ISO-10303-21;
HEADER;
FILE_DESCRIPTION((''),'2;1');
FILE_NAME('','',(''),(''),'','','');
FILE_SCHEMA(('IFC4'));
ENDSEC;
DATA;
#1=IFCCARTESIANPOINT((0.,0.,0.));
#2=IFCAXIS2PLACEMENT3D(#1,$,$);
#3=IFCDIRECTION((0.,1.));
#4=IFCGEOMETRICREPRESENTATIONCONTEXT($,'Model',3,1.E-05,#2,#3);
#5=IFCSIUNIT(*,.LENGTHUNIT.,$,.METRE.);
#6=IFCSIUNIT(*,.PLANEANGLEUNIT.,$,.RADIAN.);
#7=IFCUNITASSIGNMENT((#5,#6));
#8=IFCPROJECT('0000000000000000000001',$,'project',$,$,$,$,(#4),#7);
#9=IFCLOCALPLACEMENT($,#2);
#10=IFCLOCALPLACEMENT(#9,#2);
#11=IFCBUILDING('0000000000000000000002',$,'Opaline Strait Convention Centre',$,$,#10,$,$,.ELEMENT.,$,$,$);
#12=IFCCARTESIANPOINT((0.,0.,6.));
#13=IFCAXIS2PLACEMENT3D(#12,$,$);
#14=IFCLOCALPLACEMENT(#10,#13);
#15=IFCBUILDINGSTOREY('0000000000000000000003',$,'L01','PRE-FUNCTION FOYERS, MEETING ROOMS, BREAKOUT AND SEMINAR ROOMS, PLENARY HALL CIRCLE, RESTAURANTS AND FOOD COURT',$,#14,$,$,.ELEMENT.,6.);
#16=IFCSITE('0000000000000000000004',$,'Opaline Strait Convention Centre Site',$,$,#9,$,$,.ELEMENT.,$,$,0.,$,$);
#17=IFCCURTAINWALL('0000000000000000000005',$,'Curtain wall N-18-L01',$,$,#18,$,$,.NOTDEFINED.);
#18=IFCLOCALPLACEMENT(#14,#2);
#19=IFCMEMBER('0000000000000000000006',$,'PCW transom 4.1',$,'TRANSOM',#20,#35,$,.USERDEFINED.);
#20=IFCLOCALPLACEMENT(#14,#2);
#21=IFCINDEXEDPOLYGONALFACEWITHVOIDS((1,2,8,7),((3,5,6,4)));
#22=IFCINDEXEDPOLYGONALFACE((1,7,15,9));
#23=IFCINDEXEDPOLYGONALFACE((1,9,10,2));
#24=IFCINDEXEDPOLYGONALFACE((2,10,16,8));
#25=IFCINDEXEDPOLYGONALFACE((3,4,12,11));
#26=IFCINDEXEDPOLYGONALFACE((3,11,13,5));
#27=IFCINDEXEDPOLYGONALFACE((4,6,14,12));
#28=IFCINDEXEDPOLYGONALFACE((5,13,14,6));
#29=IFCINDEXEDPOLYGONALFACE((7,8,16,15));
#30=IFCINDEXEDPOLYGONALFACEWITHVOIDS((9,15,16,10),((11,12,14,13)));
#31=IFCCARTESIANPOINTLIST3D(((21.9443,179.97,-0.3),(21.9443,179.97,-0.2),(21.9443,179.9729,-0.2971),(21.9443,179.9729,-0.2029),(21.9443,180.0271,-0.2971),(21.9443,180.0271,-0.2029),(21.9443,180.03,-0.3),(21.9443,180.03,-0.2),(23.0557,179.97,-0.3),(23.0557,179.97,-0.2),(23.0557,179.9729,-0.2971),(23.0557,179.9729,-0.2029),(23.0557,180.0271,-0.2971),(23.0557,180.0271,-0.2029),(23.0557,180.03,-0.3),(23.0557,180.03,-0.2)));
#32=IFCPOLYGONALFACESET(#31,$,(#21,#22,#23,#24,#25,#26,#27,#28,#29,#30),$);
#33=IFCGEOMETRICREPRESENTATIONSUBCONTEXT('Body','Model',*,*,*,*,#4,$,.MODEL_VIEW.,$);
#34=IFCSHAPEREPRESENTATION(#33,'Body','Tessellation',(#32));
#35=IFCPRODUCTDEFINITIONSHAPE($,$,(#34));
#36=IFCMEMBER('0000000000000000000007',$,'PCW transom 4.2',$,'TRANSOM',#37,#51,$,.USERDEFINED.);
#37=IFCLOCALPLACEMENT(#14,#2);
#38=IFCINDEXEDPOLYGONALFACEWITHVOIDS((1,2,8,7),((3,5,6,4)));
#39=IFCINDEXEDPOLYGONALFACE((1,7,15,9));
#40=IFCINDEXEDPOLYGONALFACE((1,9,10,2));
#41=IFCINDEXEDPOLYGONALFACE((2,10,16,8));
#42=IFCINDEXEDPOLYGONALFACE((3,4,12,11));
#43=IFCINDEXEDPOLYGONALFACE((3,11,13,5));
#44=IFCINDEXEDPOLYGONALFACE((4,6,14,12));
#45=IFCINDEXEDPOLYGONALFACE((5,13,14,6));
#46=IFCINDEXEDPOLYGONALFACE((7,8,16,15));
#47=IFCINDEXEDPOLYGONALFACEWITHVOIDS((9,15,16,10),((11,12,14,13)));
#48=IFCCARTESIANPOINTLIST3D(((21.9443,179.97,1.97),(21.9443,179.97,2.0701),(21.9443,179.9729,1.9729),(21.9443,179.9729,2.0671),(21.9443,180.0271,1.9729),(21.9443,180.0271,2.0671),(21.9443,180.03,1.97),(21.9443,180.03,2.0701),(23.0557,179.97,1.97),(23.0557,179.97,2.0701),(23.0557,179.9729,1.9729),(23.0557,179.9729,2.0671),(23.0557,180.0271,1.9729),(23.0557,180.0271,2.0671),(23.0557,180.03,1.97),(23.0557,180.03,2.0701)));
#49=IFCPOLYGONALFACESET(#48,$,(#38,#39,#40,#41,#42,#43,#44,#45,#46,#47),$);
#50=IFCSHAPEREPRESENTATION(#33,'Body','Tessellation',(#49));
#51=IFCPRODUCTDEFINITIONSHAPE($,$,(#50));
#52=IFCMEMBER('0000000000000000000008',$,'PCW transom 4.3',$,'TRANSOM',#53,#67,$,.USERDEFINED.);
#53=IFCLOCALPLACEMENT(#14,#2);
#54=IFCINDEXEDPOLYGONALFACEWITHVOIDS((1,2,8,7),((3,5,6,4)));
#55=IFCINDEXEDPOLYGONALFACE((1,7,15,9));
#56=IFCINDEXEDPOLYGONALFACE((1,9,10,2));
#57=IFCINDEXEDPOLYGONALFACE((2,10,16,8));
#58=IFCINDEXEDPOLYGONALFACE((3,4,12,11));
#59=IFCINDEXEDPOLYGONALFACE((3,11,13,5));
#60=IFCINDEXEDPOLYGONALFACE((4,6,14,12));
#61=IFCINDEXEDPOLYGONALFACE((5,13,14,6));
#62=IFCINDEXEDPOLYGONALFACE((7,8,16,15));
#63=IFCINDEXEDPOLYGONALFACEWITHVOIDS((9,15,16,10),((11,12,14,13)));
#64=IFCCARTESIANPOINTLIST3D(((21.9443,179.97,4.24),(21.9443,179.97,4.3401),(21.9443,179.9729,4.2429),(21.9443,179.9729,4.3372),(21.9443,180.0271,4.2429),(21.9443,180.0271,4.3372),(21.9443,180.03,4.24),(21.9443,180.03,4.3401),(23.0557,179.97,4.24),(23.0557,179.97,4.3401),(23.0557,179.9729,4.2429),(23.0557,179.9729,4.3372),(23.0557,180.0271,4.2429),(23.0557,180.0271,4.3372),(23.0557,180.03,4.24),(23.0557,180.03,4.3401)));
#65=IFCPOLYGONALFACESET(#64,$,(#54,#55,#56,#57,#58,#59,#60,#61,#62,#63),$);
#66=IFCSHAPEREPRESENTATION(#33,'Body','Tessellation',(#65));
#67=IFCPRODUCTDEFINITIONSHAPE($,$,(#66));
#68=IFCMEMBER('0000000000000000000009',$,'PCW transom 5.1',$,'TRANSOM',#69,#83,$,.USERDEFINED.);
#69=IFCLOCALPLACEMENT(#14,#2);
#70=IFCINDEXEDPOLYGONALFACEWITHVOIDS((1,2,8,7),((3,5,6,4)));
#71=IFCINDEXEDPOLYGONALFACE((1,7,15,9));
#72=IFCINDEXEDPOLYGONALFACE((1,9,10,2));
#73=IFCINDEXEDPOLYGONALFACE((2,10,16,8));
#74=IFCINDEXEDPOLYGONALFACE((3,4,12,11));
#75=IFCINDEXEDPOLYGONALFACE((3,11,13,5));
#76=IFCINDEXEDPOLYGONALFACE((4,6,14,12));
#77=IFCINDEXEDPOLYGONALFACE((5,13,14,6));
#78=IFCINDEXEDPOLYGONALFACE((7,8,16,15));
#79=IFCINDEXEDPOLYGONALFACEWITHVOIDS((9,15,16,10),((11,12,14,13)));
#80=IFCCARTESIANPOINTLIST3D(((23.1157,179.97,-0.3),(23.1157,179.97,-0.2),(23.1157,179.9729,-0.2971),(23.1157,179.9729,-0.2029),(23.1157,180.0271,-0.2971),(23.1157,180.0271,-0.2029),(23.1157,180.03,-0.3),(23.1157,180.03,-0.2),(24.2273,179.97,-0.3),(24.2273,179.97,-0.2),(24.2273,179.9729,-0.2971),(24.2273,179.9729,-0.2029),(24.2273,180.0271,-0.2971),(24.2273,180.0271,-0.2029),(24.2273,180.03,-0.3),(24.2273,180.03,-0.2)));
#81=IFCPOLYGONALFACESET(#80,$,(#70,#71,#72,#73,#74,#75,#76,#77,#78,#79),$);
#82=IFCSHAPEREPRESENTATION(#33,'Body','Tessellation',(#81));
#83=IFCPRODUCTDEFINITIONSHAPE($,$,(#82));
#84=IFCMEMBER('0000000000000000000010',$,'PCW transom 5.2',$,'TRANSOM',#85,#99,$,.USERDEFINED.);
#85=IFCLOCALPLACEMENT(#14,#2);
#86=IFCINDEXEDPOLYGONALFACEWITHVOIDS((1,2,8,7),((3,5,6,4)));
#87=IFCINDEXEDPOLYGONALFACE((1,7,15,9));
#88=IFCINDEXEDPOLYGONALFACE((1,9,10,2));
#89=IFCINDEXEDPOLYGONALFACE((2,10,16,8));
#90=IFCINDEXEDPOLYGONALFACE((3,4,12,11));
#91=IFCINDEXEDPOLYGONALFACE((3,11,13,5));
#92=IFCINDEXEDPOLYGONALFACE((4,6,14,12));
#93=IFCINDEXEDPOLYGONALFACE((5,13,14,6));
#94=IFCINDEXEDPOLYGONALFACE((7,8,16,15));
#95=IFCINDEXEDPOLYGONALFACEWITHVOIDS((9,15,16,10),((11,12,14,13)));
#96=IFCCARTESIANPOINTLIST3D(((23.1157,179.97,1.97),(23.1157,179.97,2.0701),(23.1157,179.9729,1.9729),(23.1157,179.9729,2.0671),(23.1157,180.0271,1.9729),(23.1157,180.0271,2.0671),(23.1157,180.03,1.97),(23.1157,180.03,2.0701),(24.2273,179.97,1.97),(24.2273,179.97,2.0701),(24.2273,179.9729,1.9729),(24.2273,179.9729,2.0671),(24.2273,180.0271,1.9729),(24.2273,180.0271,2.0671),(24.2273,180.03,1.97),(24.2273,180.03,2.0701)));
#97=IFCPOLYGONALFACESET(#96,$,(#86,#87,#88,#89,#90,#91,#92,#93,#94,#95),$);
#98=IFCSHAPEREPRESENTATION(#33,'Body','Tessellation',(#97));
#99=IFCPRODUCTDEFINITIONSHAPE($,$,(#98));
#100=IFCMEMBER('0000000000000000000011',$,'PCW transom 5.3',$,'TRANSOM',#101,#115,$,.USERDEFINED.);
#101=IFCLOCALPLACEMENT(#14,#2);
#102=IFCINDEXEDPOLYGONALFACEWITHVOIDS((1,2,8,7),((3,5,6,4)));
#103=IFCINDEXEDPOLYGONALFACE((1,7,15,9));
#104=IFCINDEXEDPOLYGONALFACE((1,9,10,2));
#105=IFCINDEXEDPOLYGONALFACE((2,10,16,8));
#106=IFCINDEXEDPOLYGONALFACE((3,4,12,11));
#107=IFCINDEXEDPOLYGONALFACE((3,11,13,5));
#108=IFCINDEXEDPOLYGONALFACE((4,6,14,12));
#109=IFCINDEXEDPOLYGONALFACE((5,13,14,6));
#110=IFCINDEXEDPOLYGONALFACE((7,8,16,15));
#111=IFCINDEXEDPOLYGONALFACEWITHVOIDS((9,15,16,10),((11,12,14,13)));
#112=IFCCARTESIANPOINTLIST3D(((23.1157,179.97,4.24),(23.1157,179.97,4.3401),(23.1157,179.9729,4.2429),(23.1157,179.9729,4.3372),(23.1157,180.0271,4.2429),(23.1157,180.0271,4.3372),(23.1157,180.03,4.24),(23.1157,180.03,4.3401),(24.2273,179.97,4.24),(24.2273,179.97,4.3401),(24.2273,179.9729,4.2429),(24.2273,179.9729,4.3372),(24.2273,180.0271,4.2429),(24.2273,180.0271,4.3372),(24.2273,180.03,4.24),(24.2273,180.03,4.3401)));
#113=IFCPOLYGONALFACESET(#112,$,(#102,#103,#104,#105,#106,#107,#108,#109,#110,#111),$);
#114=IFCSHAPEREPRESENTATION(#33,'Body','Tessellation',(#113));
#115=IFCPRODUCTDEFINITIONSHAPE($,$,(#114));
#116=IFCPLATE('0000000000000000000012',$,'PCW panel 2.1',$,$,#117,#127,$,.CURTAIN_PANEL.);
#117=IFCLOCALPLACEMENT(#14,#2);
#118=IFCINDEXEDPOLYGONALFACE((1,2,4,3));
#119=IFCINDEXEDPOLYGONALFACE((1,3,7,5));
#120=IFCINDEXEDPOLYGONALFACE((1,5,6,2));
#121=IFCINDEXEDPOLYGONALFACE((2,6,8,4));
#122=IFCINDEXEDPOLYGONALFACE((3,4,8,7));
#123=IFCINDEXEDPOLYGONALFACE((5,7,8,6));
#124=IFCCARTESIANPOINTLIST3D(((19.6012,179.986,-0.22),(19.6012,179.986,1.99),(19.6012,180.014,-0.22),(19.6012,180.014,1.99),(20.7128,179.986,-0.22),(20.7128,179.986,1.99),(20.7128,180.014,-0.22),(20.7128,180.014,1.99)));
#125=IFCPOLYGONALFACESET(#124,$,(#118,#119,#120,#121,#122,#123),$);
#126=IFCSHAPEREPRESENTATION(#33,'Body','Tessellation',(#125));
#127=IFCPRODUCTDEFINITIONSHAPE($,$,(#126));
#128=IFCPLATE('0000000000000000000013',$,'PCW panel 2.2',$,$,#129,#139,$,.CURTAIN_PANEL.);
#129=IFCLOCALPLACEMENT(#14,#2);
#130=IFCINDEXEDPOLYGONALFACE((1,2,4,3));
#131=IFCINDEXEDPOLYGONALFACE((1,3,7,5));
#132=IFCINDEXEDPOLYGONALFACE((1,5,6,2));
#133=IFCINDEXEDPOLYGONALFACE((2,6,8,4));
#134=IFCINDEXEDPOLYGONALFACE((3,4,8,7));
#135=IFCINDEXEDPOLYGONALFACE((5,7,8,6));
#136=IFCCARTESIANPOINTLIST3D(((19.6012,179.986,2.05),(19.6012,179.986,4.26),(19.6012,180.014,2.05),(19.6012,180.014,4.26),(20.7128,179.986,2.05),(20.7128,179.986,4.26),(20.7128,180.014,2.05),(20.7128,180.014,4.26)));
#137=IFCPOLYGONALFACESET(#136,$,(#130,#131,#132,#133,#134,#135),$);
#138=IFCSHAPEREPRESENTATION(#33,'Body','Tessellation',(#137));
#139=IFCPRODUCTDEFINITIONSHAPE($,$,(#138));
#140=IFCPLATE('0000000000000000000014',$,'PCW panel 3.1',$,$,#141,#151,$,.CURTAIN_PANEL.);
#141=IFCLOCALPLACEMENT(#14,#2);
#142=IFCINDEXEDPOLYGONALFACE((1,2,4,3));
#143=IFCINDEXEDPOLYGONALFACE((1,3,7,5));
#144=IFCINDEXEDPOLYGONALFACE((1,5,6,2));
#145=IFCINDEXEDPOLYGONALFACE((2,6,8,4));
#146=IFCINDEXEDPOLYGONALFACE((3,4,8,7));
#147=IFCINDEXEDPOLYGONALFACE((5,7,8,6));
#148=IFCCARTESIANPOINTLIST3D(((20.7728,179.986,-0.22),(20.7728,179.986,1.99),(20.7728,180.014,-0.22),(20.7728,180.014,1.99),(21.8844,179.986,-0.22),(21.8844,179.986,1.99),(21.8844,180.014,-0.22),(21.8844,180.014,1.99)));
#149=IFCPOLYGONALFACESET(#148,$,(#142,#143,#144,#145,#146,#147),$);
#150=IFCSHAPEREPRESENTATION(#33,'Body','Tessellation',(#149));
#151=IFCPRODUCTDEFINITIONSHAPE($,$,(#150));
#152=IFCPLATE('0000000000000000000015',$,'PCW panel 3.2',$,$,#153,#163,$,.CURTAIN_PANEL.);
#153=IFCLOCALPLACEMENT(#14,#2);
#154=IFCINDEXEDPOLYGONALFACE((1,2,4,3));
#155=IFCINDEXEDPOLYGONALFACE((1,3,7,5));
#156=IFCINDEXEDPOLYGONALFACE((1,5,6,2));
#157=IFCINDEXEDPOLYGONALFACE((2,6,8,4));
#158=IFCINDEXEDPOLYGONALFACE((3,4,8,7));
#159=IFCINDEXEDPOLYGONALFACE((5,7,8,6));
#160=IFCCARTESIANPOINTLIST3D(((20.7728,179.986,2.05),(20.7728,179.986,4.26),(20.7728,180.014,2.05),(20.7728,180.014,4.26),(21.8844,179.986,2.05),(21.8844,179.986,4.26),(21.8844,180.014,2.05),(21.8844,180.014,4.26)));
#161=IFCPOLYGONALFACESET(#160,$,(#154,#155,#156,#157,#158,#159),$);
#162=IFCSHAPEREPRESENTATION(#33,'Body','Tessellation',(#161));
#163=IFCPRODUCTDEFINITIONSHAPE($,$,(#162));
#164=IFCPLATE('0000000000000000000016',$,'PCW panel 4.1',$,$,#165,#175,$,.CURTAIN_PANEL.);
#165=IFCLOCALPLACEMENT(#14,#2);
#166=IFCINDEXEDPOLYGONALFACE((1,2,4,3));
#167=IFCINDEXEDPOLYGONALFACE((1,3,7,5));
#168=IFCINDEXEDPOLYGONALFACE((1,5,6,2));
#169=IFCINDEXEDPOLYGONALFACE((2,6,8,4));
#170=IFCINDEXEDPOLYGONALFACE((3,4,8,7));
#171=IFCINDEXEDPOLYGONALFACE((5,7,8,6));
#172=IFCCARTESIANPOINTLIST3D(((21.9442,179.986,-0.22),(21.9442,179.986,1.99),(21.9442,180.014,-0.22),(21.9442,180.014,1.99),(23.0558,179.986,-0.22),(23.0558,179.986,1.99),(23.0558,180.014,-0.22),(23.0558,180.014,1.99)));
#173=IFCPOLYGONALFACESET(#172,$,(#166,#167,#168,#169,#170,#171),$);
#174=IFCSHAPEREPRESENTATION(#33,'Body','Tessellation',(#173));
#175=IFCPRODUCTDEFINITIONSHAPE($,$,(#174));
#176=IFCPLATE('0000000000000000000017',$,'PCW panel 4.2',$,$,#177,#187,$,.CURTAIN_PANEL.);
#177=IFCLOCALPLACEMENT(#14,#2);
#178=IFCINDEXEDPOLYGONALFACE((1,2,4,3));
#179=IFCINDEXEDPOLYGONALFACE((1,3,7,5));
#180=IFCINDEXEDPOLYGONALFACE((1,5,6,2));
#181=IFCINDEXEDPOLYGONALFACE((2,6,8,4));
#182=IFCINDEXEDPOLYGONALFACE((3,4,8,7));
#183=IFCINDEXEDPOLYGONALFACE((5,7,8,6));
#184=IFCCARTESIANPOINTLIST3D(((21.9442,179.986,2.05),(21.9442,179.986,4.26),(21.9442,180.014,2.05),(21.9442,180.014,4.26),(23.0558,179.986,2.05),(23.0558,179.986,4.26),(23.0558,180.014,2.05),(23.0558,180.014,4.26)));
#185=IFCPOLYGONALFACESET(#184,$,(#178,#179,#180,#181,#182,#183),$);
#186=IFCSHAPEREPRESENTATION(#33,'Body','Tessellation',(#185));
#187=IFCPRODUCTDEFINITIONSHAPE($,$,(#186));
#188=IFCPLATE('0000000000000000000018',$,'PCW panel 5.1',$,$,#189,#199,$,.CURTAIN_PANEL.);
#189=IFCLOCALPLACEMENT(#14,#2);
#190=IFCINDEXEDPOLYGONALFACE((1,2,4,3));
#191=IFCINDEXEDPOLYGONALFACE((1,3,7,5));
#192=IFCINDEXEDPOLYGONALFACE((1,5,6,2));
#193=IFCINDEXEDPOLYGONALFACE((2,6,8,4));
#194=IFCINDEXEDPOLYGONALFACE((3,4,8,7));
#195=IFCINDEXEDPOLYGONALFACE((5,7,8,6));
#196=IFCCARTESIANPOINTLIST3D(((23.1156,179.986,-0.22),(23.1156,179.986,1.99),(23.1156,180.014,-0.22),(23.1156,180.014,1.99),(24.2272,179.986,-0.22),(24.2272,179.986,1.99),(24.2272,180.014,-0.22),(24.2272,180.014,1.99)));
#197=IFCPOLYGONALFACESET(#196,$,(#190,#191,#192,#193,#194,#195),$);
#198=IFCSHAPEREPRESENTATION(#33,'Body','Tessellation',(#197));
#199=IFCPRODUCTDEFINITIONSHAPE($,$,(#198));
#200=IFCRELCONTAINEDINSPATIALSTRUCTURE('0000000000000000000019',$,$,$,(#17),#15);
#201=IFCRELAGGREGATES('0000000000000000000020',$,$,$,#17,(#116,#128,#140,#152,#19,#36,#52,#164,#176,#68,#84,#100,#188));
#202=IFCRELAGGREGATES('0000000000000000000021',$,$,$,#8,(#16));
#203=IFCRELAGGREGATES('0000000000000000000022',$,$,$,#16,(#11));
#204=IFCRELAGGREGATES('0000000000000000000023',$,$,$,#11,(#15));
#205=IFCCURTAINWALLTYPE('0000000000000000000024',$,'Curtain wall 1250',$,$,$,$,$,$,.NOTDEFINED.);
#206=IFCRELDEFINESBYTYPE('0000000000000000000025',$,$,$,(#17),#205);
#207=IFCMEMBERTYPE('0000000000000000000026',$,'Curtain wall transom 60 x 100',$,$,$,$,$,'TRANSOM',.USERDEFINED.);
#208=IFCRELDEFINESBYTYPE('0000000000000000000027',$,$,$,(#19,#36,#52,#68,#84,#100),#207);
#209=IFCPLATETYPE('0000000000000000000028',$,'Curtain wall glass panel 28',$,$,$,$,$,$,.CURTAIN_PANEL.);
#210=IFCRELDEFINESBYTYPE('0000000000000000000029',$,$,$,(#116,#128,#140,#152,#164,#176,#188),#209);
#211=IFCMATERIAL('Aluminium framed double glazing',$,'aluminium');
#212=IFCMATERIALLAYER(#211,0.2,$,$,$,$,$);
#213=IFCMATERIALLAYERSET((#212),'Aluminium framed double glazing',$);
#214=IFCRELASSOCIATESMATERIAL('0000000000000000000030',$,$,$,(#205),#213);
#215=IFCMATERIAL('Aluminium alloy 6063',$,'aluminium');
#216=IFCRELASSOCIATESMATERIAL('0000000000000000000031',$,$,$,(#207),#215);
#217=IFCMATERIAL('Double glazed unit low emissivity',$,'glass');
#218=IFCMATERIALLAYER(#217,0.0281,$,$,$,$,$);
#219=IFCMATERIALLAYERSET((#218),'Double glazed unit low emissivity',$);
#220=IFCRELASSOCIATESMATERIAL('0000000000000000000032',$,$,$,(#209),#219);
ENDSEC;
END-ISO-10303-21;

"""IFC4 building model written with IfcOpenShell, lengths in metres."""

from ifc_helpers import new_model, si_unit, direction, frame, origin, origin_2d, place, context, subcontext, project, spatial, rectangle, hollow_rectangle, extrude, material, layer, layer_set, material_profile, profile_set, type_object, element, aggregate, save


model = new_model("IFC4")

# Units and contexts
model_context = context("Model", 3, precision=1e-05, world=origin(), true_north=direction((0.0, 1.0)))
body_context = subcontext(model_context, "Body", "Model", "MODEL_VIEW")
ifc_project = project(units=[si_unit("LENGTHUNIT", "METRE"), si_unit("PLANEANGLEUNIT", "RADIAN")], contexts=[model_context])

# Site, building, storey
site_placement = place(None, origin())
site = spatial("IfcSite", under=ifc_project, at=site_placement, Name="Opaline Strait Convention Centre Site", CompositionType="ELEMENT", RefElevation=0.0)
building_placement = place(site_placement, origin())
building = spatial("IfcBuilding", under=site, at=building_placement, Name="Opaline Strait Convention Centre", CompositionType="ELEMENT")
storey_placement = place(building_placement, frame((0.0, 0.0, 6.0)))
storey = spatial("IfcBuildingStorey", under=building, at=storey_placement, Name="L01", Description="PRE-FUNCTION FOYERS, MEETING ROOMS, BREAKOUT AND SEMINAR ROOMS, PLENARY HALL CIRCLE, RESTAURANTS AND FOOD COURT", CompositionType="ELEMENT", Elevation=6.0)

# Curtain wall, members, plates
ifc_material_1 = material(Name="Aluminium framed double glazing", Category="aluminium")
ifc_layer_1 = layer(ifc_material_1, 0.2)
ifc_layer_set_1 = layer_set([ifc_layer_1], Name="Aluminium framed double glazing")
curtain_wall_type = type_object("IfcCurtainWallType", Name="Curtain wall 1250", PredefinedType="NOTDEFINED", material=ifc_layer_set_1)
curtain_wall_placement = place(storey_placement, origin())
curtain_wall = element("IfcCurtainWall", 1, at=curtain_wall_placement, inside=storey, type_object=curtain_wall_type, Name="Curtain wall N-18-L01", PredefinedType="NOTDEFINED")
ifc_material_2 = material(Name="Aluminium alloy 6063", Category="aluminium")
ifc_material_profile_1 = material_profile(ifc_material_2, hollow_rectangle(XDim=0.0601, YDim=0.1001, WallThickness=0.0029, at=origin_2d()), Name="TRANSOM 60x100x3")
ifc_profile_set_1 = profile_set([ifc_material_profile_1], Name="Aluminium alloy 6063")
member_type_1 = type_object("IfcMemberType", Name="Curtain wall transom 60 x 100", ElementType="TRANSOM", PredefinedType="USERDEFINED", material=ifc_profile_set_1)
member_1_placement = place(storey_placement, frame((21.9443, 180.0, -0.25), z_axis=(1.0, 0.0, 0.0), x_axis=(0.0, 1.0, 0.0)))
member_1 = element("IfcMember", 2, at=member_1_placement, type_object=member_type_1, Name="PCW transom 4.1", ObjectType="TRANSOM", PredefinedType="USERDEFINED", context=body_context, shape_type="SweptSolid", body=[
    extrude(hollow_rectangle(XDim=0.0601, YDim=0.1001, WallThickness=0.0029, at=origin_2d()), origin(), (0.0, 0.0, 1.0), 1.1113),
])
member_2_placement = place(storey_placement, frame((21.9443, 180.0, 2.02), z_axis=(1.0, 0.0, 0.0), x_axis=(0.0, 1.0, 0.0)))
member_2 = element("IfcMember", 3, at=member_2_placement, type_object=member_type_1, Name="PCW transom 4.2", ObjectType="TRANSOM", PredefinedType="USERDEFINED", context=body_context, shape_type="SweptSolid", body=[
    extrude(hollow_rectangle(XDim=0.0601, YDim=0.1001, WallThickness=0.0029, at=origin_2d()), origin(), (0.0, 0.0, 1.0), 1.1113),
])
member_3_placement = place(storey_placement, frame((21.9443, 180.0, 4.29), z_axis=(1.0, 0.0, 0.0), x_axis=(0.0, 1.0, 0.0)))
member_3 = element("IfcMember", 4, at=member_3_placement, type_object=member_type_1, Name="PCW transom 4.3", ObjectType="TRANSOM", PredefinedType="USERDEFINED", context=body_context, shape_type="SweptSolid", body=[
    extrude(hollow_rectangle(XDim=0.0601, YDim=0.1001, WallThickness=0.0029, at=origin_2d()), origin(), (0.0, 0.0, 1.0), 1.1113),
])
member_4_placement = place(storey_placement, frame((23.1157, 180.0, -0.25), z_axis=(1.0, 0.0, 0.0), x_axis=(0.0, 1.0, 0.0)))
member_4 = element("IfcMember", 5, at=member_4_placement, type_object=member_type_1, Name="PCW transom 5.1", ObjectType="TRANSOM", PredefinedType="USERDEFINED", context=body_context, shape_type="SweptSolid", body=[
    extrude(hollow_rectangle(XDim=0.0601, YDim=0.1001, WallThickness=0.0029, at=origin_2d()), origin(), (0.0, 0.0, 1.0), 1.1116),
])
member_5_placement = place(storey_placement, frame((23.1157, 180.0, 2.02), z_axis=(1.0, 0.0, 0.0), x_axis=(0.0, 1.0, 0.0)))
member_5 = element("IfcMember", 6, at=member_5_placement, type_object=member_type_1, Name="PCW transom 5.2", ObjectType="TRANSOM", PredefinedType="USERDEFINED", context=body_context, shape_type="SweptSolid", body=[
    extrude(hollow_rectangle(XDim=0.0601, YDim=0.1001, WallThickness=0.0029, at=origin_2d()), origin(), (0.0, 0.0, 1.0), 1.1116),
])
member_6_placement = place(storey_placement, frame((23.1157, 180.0, 4.29), z_axis=(1.0, 0.0, 0.0), x_axis=(0.0, 1.0, 0.0)))
member_6 = element("IfcMember", 7, at=member_6_placement, type_object=member_type_1, Name="PCW transom 5.3", ObjectType="TRANSOM", PredefinedType="USERDEFINED", context=body_context, shape_type="SweptSolid", body=[
    extrude(hollow_rectangle(XDim=0.0601, YDim=0.1001, WallThickness=0.0029, at=origin_2d()), origin(), (0.0, 0.0, 1.0), 1.1116),
])
ifc_material_3 = material(Name="Double glazed unit low emissivity", Category="glass")
ifc_layer_2 = layer(ifc_material_3, 0.0281)
ifc_layer_set_2 = layer_set([ifc_layer_2], Name="Double glazed unit low emissivity")
plate_type = type_object("IfcPlateType", Name="Curtain wall glass panel 28", PredefinedType="CURTAIN_PANEL", material=ifc_layer_set_2)
plate_1_placement = place(storey_placement, frame((20.157, 180.0, -0.22), z_axis=(0.0, 0.0, 1.0), x_axis=(1.0, 0.0, 0.0)))
plate_1 = element("IfcPlate", 8, at=plate_1_placement, type_object=plate_type, Name="PCW panel 2.1", PredefinedType="CURTAIN_PANEL", context=body_context, shape_type="SweptSolid", body=[
    extrude(rectangle(XDim=1.1116, YDim=0.0281, at=origin_2d()), origin(), (0.0, 0.0, 1.0), 2.21),
])
plate_2_placement = place(storey_placement, frame((20.157, 180.0, 2.05), z_axis=(0.0, 0.0, 1.0), x_axis=(1.0, 0.0, 0.0)))
plate_2 = element("IfcPlate", 9, at=plate_2_placement, type_object=plate_type, Name="PCW panel 2.2", PredefinedType="CURTAIN_PANEL", context=body_context, shape_type="SweptSolid", body=[
    extrude(rectangle(XDim=1.1116, YDim=0.0281, at=origin_2d()), origin(), (0.0, 0.0, 1.0), 2.21),
])
plate_3_placement = place(storey_placement, frame((21.3286, 180.0, -0.22), z_axis=(0.0, 0.0, 1.0), x_axis=(1.0, 0.0, 0.0)))
plate_3 = element("IfcPlate", 10, at=plate_3_placement, type_object=plate_type, Name="PCW panel 3.1", PredefinedType="CURTAIN_PANEL", context=body_context, shape_type="SweptSolid", body=[
    extrude(rectangle(XDim=1.1116, YDim=0.0281, at=origin_2d()), origin(), (0.0, 0.0, 1.0), 2.21),
])
plate_4_placement = place(storey_placement, frame((21.3286, 180.0, 2.05), z_axis=(0.0, 0.0, 1.0), x_axis=(1.0, 0.0, 0.0)))
plate_4 = element("IfcPlate", 11, at=plate_4_placement, type_object=plate_type, Name="PCW panel 3.2", PredefinedType="CURTAIN_PANEL", context=body_context, shape_type="SweptSolid", body=[
    extrude(rectangle(XDim=1.1116, YDim=0.0281, at=origin_2d()), origin(), (0.0, 0.0, 1.0), 2.21),
])
plate_5_placement = place(storey_placement, frame((22.5, 180.0, -0.22), z_axis=(0.0, 0.0, 1.0), x_axis=(1.0, 0.0, 0.0)))
plate_5 = element("IfcPlate", 12, at=plate_5_placement, type_object=plate_type, Name="PCW panel 4.1", PredefinedType="CURTAIN_PANEL", context=body_context, shape_type="SweptSolid", body=[
    extrude(rectangle(XDim=1.1116, YDim=0.0281, at=origin_2d()), origin(), (0.0, 0.0, 1.0), 2.21),
])
plate_6_placement = place(storey_placement, frame((22.5, 180.0, 2.05), z_axis=(0.0, 0.0, 1.0), x_axis=(1.0, 0.0, 0.0)))
plate_6 = element("IfcPlate", 13, at=plate_6_placement, type_object=plate_type, Name="PCW panel 4.2", PredefinedType="CURTAIN_PANEL", context=body_context, shape_type="SweptSolid", body=[
    extrude(rectangle(XDim=1.1116, YDim=0.0281, at=origin_2d()), origin(), (0.0, 0.0, 1.0), 2.21),
])
plate_7_placement = place(storey_placement, frame((23.6714, 180.0, -0.22), z_axis=(0.0, 0.0, 1.0), x_axis=(1.0, 0.0, 0.0)))
plate_7 = element("IfcPlate", 14, at=plate_7_placement, type_object=plate_type, Name="PCW panel 5.1", PredefinedType="CURTAIN_PANEL", context=body_context, shape_type="SweptSolid", body=[
    extrude(rectangle(XDim=1.1116, YDim=0.0281, at=origin_2d()), origin(), (0.0, 0.0, 1.0), 2.21),
])
aggregate(curtain_wall, [plate_1, plate_2, plate_3, plate_4, member_1, member_2, member_3, plate_5, plate_6, member_4, member_5, member_6, plate_7])

save(model, "model.ifc")
